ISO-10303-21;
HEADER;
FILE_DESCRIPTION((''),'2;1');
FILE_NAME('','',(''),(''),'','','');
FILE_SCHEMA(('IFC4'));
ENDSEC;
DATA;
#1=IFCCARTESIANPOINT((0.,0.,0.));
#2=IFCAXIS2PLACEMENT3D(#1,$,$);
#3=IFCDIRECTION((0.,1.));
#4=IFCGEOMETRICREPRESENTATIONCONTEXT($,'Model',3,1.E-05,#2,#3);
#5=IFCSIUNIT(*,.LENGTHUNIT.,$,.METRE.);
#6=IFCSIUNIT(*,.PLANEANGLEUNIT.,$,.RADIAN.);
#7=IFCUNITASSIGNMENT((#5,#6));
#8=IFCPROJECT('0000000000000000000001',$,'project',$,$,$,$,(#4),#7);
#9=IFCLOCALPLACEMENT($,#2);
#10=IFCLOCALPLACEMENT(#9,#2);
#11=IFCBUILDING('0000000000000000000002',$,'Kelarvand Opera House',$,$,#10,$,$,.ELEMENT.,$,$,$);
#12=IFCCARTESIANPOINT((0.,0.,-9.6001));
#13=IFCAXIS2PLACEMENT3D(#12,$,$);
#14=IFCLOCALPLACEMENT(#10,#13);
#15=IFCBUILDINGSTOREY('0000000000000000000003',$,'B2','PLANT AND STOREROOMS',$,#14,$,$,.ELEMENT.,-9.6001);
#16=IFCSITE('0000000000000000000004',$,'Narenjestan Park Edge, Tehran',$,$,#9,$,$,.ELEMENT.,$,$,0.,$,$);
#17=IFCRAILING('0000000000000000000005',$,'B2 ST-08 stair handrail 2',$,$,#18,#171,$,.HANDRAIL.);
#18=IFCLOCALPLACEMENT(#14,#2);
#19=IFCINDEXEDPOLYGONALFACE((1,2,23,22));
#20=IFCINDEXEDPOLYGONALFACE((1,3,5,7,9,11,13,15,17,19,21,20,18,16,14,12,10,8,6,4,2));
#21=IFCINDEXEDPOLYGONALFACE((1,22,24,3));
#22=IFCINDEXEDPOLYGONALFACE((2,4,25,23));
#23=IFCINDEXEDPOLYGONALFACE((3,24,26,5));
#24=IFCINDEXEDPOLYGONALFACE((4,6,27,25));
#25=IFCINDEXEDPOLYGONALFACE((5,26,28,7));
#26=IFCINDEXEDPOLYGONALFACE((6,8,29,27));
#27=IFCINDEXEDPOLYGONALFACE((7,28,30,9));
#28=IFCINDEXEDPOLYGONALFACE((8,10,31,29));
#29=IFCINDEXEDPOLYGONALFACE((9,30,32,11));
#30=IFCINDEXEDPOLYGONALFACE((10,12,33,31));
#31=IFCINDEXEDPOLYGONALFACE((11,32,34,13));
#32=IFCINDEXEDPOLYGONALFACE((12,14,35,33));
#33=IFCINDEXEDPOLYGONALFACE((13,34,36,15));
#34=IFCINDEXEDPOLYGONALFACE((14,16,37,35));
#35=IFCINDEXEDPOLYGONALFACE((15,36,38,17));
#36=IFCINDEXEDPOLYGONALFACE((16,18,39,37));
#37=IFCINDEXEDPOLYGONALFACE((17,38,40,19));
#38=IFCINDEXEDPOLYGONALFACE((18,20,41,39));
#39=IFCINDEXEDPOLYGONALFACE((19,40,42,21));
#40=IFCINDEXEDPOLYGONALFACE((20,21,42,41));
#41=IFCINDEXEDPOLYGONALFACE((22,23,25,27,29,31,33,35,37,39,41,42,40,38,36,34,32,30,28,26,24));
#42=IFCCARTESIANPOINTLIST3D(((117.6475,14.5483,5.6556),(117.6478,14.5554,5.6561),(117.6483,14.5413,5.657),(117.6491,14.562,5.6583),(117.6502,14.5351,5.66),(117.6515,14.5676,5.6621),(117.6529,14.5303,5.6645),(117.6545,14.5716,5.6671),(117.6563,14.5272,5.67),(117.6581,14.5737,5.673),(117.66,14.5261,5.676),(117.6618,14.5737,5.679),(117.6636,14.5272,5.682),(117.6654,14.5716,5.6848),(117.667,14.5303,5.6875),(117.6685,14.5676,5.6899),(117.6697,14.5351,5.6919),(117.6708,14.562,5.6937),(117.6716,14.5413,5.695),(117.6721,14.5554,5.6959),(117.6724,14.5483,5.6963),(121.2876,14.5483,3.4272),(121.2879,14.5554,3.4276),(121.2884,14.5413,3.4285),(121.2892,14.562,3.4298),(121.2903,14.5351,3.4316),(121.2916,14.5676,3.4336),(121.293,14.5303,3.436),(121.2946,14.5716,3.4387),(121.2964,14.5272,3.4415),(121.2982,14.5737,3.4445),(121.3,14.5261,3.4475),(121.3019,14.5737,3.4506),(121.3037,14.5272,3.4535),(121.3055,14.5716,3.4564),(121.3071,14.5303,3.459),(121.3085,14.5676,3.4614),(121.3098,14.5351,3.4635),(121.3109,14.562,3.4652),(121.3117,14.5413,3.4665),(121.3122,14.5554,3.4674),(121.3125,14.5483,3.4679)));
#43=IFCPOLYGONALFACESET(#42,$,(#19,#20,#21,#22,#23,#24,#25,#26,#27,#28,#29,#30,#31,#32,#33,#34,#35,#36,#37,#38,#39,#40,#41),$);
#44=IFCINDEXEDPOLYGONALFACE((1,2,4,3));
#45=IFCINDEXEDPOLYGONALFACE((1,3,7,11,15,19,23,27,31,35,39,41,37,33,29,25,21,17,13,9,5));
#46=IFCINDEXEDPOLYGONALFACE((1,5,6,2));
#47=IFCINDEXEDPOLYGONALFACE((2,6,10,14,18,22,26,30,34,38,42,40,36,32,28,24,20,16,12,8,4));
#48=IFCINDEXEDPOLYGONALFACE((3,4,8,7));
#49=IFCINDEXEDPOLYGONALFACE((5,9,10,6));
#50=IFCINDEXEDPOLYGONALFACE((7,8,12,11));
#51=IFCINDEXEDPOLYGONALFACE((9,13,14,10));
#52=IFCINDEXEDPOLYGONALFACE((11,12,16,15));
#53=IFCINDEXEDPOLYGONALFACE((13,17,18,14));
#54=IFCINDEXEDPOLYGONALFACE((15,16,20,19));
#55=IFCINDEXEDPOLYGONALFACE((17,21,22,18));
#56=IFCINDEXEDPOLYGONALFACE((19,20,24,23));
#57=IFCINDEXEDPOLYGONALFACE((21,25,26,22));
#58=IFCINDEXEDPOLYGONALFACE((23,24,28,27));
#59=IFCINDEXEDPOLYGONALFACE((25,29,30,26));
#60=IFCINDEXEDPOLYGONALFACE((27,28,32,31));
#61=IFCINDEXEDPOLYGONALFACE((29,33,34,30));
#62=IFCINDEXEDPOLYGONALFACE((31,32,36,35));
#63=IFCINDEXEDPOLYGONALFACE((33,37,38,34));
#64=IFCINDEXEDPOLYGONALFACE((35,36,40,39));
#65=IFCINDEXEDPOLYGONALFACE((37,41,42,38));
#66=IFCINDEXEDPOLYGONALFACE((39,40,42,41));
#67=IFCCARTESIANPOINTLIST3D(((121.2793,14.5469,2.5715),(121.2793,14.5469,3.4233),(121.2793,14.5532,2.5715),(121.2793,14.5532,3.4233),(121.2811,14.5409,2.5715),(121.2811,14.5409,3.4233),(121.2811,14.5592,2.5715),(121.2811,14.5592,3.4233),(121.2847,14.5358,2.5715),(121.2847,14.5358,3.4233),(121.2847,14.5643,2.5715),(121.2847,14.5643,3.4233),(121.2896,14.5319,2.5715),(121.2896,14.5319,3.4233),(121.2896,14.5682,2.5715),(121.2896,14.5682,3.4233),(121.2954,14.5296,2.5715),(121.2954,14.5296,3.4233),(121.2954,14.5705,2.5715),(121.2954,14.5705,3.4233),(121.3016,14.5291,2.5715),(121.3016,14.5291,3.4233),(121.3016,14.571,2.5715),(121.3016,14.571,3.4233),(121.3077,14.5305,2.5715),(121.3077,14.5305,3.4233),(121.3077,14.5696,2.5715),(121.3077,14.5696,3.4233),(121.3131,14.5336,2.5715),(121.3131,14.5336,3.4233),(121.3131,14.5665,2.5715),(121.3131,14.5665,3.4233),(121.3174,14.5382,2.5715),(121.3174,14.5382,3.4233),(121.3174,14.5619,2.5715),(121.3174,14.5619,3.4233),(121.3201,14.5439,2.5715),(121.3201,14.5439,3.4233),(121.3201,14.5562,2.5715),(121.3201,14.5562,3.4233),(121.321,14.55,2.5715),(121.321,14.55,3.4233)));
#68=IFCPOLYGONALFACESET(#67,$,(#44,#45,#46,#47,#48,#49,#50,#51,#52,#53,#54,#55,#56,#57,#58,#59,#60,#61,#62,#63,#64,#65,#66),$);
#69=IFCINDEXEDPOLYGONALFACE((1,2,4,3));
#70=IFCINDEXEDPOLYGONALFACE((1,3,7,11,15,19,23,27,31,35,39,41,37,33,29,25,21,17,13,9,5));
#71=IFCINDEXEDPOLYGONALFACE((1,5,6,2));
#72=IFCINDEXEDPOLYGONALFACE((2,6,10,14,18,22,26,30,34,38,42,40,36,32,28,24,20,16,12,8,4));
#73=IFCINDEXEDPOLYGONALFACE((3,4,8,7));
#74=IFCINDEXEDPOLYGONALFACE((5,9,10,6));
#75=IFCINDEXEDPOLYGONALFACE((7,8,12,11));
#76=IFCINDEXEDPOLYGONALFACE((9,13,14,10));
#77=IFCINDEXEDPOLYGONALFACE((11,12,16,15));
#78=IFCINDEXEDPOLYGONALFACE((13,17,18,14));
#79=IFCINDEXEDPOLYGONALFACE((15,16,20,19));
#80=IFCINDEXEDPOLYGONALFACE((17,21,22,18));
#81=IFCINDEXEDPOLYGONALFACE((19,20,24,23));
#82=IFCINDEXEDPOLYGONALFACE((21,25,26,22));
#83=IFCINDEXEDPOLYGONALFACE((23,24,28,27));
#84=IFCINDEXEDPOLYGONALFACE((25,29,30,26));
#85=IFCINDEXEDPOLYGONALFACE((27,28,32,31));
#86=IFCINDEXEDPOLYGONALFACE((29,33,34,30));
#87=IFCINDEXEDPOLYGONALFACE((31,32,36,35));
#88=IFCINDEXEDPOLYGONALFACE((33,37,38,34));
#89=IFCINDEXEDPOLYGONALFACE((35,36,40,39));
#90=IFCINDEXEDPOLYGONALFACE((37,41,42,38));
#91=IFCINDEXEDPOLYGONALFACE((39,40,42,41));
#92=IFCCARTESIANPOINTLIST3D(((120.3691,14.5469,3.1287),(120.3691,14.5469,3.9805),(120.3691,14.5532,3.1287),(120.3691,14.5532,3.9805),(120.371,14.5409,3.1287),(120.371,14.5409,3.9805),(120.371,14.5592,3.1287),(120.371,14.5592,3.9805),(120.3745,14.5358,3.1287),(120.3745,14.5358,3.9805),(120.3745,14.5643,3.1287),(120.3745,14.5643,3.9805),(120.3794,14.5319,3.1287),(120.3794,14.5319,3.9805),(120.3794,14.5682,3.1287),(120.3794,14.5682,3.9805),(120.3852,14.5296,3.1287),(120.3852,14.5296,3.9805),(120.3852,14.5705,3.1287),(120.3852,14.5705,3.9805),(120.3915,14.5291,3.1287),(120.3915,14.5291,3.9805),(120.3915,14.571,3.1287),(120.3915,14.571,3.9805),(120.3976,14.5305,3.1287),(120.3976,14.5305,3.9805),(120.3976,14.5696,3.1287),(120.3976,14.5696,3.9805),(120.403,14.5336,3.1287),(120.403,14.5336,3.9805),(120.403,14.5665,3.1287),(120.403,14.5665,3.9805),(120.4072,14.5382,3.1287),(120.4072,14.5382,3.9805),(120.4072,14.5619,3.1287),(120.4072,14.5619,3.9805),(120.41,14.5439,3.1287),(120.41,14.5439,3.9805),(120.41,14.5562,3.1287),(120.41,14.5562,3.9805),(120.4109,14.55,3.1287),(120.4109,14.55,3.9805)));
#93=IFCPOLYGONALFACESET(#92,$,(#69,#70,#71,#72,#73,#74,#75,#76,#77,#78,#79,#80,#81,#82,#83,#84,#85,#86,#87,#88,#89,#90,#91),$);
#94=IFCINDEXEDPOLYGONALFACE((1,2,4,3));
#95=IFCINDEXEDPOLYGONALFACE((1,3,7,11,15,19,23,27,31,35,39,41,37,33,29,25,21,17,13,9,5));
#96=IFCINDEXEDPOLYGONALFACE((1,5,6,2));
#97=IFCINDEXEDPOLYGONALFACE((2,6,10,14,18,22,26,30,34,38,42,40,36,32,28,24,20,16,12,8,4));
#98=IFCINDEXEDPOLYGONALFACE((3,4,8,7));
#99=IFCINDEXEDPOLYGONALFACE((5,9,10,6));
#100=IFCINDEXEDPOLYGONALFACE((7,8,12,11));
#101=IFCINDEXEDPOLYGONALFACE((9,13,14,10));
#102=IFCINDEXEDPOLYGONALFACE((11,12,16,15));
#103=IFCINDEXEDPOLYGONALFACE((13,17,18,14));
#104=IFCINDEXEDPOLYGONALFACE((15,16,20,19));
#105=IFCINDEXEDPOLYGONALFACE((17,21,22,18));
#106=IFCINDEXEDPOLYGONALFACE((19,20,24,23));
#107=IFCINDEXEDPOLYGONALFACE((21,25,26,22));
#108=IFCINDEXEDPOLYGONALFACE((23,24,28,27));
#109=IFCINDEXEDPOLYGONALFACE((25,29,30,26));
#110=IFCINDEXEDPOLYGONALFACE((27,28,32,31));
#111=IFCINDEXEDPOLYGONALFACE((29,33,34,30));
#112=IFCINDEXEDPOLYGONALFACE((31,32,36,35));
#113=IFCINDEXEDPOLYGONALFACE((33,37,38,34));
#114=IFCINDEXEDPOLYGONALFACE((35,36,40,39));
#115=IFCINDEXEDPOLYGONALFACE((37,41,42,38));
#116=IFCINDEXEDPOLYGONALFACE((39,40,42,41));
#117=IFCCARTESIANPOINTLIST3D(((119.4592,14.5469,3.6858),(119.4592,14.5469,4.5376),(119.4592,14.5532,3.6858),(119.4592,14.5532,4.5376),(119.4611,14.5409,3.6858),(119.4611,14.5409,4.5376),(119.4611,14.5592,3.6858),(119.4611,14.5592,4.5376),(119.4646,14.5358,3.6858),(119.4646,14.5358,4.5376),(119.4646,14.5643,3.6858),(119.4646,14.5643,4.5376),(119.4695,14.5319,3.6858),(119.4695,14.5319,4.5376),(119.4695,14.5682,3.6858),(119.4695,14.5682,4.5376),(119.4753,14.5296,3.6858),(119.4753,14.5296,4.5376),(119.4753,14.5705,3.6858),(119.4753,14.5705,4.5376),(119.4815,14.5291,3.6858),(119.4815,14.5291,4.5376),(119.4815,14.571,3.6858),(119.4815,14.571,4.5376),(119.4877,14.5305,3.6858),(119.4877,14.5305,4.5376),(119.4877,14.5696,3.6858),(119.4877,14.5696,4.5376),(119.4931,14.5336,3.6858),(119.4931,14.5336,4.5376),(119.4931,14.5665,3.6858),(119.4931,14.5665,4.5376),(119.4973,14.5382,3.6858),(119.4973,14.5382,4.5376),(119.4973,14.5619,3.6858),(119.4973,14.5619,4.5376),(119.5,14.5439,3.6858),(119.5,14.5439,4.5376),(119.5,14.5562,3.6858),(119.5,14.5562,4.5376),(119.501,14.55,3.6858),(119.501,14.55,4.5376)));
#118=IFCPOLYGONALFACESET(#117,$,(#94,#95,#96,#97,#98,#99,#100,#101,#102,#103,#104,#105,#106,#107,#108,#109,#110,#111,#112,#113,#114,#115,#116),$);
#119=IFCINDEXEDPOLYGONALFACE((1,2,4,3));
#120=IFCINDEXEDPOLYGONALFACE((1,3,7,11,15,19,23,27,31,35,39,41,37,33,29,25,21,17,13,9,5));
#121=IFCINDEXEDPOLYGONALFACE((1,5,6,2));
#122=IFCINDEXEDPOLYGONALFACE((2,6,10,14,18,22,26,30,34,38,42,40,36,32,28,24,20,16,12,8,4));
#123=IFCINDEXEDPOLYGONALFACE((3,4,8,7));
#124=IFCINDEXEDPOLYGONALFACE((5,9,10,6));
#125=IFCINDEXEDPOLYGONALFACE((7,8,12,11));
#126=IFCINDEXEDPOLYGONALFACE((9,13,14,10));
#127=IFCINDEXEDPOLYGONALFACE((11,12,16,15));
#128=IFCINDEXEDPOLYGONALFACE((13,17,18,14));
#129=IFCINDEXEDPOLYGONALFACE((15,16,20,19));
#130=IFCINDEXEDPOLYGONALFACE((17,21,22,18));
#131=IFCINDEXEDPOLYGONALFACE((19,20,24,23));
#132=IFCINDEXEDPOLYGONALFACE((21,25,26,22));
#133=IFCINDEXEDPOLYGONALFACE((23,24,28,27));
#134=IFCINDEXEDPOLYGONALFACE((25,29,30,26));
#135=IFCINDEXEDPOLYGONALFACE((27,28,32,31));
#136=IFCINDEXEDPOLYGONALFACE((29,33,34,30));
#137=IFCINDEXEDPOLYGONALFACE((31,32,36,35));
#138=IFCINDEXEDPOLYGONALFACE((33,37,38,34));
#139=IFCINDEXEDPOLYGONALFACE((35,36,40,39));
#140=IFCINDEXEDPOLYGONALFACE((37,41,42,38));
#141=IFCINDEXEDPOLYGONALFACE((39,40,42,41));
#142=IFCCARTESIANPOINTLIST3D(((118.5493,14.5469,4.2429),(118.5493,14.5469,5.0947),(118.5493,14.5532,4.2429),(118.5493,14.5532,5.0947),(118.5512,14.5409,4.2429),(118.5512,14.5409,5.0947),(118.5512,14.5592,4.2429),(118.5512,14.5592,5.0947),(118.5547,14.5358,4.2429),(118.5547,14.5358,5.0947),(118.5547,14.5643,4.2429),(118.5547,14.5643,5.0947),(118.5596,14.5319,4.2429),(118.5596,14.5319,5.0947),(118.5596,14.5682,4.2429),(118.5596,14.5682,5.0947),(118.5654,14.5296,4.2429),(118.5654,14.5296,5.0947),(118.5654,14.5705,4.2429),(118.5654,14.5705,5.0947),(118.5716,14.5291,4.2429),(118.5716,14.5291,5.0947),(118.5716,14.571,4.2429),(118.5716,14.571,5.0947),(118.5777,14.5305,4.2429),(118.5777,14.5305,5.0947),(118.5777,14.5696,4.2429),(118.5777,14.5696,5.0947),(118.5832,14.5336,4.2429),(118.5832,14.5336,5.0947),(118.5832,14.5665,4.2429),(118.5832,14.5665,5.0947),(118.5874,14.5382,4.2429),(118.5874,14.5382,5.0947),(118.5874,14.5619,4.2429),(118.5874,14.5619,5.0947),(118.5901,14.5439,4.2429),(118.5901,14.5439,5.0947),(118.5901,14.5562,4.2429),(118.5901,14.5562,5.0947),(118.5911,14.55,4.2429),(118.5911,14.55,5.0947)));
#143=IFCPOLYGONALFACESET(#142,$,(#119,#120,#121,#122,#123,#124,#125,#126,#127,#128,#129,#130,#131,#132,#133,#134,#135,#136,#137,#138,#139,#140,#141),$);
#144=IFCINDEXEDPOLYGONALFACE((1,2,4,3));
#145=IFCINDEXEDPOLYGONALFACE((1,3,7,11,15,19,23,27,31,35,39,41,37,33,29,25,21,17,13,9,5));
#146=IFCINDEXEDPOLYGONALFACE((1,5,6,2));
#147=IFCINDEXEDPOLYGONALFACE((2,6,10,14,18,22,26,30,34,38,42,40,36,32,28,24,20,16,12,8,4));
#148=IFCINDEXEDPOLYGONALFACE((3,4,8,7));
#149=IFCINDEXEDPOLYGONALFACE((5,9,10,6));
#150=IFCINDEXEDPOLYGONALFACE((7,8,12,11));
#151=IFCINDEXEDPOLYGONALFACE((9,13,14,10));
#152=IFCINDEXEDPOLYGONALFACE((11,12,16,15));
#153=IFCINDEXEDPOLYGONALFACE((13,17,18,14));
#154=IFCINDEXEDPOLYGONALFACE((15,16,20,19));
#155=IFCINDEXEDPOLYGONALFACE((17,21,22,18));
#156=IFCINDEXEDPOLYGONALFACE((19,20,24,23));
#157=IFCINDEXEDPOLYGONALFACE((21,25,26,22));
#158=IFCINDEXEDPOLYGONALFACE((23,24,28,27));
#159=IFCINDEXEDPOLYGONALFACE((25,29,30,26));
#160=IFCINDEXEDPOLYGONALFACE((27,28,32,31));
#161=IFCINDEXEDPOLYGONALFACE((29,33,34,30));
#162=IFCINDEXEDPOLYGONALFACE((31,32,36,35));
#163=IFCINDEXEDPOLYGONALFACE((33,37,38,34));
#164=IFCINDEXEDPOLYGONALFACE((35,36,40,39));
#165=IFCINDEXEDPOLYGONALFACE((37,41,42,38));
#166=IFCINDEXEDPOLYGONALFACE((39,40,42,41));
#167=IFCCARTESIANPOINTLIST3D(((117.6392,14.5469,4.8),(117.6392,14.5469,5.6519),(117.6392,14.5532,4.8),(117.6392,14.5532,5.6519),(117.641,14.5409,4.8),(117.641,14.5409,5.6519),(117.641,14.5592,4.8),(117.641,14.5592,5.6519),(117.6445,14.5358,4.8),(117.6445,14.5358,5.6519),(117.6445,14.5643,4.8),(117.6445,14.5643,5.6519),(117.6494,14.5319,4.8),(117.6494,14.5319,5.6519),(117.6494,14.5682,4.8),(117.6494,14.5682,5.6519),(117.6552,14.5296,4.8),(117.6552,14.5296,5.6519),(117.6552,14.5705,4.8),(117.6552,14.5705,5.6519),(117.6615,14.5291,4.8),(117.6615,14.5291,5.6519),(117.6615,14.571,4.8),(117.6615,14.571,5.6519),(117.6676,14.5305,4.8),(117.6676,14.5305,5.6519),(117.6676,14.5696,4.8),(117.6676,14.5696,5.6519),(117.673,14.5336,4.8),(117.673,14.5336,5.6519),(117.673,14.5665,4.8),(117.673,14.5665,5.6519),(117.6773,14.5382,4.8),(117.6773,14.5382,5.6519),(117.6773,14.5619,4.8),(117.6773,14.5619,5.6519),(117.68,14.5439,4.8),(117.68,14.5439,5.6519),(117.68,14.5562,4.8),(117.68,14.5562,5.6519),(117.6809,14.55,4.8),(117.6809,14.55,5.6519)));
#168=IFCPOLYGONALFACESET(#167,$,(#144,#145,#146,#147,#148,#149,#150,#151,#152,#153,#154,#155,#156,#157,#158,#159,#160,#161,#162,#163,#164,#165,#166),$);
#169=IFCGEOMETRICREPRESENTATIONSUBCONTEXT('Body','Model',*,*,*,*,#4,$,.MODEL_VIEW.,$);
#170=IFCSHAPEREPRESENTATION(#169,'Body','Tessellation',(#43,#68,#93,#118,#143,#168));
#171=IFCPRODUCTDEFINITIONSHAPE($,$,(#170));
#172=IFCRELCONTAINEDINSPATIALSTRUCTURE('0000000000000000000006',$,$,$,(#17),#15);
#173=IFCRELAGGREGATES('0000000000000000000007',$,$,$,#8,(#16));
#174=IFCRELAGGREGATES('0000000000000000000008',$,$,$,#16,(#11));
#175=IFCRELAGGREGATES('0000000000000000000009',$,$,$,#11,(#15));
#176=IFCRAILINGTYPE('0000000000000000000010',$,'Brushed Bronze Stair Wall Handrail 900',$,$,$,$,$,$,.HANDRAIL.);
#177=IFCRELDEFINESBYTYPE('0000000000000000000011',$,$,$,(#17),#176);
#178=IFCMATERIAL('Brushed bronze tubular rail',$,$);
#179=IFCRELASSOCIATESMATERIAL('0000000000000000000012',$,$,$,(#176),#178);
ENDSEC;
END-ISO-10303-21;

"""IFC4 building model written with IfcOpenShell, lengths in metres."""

from ifc_helpers import new_model, si_unit, direction, frame, origin, origin_2d, place, context, subcontext, project, spatial, circle, extrude, material, type_object, element, save


model = new_model("IFC4")

# Units and contexts
model_context = context("Model", 3, precision=1e-05, world=origin(), true_north=direction((0.0, 1.0)))
body_context = subcontext(model_context, "Body", "Model", "MODEL_VIEW")
ifc_project = project(units=[si_unit("LENGTHUNIT", "METRE"), si_unit("PLANEANGLEUNIT", "RADIAN")], contexts=[model_context])

# Site, building, storey
site_placement = place(None, origin())
site = spatial("IfcSite", under=ifc_project, at=site_placement, Name="Narenjestan Park Edge, Tehran", CompositionType="ELEMENT", RefElevation=0.0)
building_placement = place(site_placement, origin())
building = spatial("IfcBuilding", under=site, at=building_placement, Name="Kelarvand Opera House", CompositionType="ELEMENT")
storey_placement = place(building_placement, frame((0.0, 0.0, -9.6001)))
storey = spatial("IfcBuildingStorey", under=building, at=storey_placement, Name="B2", Description="PLANT AND STOREROOMS", CompositionType="ELEMENT", Elevation=-9.6001)

# Railing
ifc_material_1 = material(Name="Brushed bronze tubular rail")
railing_type_1 = type_object("IfcRailingType", Name="Brushed Bronze Stair Wall Handrail 900", PredefinedType="HANDRAIL", material=ifc_material_1)
railing_1_placement = place(storey_placement, frame((121.3, 14.55, 2.5715)))
element("IfcRailing", 1, at=railing_1_placement, inside=storey, type_object=railing_type_1, Name="B2 ST-08 stair handrail 2", PredefinedType="HANDRAIL", context=body_context, shape_type="SweptSolid", body=[
    extrude(circle(Radius=0.0239, at=origin_2d()), frame((0.0, 0.0, 0.876), z_axis=(-0.852866, 0.0, 0.52213), x_axis=(0.0, -1.0, 0.0)), (0.0, 0.0, 1.0), 4.2681),
    extrude(circle(Radius=0.021, at=origin_2d()), origin(), (0.0, 0.0, 1.0), 0.8518),
    extrude(circle(Radius=0.021, at=origin_2d()), frame((-0.9102, 0.0, 0.5571)), (0.0, 0.0, 1.0), 0.8518),
    extrude(circle(Radius=0.021, at=origin_2d()), frame((-1.8201, 0.0, 1.1143)), (0.0, 0.0, 1.0), 0.8518),
    extrude(circle(Radius=0.021, at=origin_2d()), frame((-2.73, 0.0, 1.6714)), (0.0, 0.0, 1.0), 0.8518),
    extrude(circle(Radius=0.021, at=origin_2d()), frame((-3.6401, 0.0, 2.2285)), (0.0, 0.0, 1.0), 0.8518),
])

save(model, "model.ifc")
